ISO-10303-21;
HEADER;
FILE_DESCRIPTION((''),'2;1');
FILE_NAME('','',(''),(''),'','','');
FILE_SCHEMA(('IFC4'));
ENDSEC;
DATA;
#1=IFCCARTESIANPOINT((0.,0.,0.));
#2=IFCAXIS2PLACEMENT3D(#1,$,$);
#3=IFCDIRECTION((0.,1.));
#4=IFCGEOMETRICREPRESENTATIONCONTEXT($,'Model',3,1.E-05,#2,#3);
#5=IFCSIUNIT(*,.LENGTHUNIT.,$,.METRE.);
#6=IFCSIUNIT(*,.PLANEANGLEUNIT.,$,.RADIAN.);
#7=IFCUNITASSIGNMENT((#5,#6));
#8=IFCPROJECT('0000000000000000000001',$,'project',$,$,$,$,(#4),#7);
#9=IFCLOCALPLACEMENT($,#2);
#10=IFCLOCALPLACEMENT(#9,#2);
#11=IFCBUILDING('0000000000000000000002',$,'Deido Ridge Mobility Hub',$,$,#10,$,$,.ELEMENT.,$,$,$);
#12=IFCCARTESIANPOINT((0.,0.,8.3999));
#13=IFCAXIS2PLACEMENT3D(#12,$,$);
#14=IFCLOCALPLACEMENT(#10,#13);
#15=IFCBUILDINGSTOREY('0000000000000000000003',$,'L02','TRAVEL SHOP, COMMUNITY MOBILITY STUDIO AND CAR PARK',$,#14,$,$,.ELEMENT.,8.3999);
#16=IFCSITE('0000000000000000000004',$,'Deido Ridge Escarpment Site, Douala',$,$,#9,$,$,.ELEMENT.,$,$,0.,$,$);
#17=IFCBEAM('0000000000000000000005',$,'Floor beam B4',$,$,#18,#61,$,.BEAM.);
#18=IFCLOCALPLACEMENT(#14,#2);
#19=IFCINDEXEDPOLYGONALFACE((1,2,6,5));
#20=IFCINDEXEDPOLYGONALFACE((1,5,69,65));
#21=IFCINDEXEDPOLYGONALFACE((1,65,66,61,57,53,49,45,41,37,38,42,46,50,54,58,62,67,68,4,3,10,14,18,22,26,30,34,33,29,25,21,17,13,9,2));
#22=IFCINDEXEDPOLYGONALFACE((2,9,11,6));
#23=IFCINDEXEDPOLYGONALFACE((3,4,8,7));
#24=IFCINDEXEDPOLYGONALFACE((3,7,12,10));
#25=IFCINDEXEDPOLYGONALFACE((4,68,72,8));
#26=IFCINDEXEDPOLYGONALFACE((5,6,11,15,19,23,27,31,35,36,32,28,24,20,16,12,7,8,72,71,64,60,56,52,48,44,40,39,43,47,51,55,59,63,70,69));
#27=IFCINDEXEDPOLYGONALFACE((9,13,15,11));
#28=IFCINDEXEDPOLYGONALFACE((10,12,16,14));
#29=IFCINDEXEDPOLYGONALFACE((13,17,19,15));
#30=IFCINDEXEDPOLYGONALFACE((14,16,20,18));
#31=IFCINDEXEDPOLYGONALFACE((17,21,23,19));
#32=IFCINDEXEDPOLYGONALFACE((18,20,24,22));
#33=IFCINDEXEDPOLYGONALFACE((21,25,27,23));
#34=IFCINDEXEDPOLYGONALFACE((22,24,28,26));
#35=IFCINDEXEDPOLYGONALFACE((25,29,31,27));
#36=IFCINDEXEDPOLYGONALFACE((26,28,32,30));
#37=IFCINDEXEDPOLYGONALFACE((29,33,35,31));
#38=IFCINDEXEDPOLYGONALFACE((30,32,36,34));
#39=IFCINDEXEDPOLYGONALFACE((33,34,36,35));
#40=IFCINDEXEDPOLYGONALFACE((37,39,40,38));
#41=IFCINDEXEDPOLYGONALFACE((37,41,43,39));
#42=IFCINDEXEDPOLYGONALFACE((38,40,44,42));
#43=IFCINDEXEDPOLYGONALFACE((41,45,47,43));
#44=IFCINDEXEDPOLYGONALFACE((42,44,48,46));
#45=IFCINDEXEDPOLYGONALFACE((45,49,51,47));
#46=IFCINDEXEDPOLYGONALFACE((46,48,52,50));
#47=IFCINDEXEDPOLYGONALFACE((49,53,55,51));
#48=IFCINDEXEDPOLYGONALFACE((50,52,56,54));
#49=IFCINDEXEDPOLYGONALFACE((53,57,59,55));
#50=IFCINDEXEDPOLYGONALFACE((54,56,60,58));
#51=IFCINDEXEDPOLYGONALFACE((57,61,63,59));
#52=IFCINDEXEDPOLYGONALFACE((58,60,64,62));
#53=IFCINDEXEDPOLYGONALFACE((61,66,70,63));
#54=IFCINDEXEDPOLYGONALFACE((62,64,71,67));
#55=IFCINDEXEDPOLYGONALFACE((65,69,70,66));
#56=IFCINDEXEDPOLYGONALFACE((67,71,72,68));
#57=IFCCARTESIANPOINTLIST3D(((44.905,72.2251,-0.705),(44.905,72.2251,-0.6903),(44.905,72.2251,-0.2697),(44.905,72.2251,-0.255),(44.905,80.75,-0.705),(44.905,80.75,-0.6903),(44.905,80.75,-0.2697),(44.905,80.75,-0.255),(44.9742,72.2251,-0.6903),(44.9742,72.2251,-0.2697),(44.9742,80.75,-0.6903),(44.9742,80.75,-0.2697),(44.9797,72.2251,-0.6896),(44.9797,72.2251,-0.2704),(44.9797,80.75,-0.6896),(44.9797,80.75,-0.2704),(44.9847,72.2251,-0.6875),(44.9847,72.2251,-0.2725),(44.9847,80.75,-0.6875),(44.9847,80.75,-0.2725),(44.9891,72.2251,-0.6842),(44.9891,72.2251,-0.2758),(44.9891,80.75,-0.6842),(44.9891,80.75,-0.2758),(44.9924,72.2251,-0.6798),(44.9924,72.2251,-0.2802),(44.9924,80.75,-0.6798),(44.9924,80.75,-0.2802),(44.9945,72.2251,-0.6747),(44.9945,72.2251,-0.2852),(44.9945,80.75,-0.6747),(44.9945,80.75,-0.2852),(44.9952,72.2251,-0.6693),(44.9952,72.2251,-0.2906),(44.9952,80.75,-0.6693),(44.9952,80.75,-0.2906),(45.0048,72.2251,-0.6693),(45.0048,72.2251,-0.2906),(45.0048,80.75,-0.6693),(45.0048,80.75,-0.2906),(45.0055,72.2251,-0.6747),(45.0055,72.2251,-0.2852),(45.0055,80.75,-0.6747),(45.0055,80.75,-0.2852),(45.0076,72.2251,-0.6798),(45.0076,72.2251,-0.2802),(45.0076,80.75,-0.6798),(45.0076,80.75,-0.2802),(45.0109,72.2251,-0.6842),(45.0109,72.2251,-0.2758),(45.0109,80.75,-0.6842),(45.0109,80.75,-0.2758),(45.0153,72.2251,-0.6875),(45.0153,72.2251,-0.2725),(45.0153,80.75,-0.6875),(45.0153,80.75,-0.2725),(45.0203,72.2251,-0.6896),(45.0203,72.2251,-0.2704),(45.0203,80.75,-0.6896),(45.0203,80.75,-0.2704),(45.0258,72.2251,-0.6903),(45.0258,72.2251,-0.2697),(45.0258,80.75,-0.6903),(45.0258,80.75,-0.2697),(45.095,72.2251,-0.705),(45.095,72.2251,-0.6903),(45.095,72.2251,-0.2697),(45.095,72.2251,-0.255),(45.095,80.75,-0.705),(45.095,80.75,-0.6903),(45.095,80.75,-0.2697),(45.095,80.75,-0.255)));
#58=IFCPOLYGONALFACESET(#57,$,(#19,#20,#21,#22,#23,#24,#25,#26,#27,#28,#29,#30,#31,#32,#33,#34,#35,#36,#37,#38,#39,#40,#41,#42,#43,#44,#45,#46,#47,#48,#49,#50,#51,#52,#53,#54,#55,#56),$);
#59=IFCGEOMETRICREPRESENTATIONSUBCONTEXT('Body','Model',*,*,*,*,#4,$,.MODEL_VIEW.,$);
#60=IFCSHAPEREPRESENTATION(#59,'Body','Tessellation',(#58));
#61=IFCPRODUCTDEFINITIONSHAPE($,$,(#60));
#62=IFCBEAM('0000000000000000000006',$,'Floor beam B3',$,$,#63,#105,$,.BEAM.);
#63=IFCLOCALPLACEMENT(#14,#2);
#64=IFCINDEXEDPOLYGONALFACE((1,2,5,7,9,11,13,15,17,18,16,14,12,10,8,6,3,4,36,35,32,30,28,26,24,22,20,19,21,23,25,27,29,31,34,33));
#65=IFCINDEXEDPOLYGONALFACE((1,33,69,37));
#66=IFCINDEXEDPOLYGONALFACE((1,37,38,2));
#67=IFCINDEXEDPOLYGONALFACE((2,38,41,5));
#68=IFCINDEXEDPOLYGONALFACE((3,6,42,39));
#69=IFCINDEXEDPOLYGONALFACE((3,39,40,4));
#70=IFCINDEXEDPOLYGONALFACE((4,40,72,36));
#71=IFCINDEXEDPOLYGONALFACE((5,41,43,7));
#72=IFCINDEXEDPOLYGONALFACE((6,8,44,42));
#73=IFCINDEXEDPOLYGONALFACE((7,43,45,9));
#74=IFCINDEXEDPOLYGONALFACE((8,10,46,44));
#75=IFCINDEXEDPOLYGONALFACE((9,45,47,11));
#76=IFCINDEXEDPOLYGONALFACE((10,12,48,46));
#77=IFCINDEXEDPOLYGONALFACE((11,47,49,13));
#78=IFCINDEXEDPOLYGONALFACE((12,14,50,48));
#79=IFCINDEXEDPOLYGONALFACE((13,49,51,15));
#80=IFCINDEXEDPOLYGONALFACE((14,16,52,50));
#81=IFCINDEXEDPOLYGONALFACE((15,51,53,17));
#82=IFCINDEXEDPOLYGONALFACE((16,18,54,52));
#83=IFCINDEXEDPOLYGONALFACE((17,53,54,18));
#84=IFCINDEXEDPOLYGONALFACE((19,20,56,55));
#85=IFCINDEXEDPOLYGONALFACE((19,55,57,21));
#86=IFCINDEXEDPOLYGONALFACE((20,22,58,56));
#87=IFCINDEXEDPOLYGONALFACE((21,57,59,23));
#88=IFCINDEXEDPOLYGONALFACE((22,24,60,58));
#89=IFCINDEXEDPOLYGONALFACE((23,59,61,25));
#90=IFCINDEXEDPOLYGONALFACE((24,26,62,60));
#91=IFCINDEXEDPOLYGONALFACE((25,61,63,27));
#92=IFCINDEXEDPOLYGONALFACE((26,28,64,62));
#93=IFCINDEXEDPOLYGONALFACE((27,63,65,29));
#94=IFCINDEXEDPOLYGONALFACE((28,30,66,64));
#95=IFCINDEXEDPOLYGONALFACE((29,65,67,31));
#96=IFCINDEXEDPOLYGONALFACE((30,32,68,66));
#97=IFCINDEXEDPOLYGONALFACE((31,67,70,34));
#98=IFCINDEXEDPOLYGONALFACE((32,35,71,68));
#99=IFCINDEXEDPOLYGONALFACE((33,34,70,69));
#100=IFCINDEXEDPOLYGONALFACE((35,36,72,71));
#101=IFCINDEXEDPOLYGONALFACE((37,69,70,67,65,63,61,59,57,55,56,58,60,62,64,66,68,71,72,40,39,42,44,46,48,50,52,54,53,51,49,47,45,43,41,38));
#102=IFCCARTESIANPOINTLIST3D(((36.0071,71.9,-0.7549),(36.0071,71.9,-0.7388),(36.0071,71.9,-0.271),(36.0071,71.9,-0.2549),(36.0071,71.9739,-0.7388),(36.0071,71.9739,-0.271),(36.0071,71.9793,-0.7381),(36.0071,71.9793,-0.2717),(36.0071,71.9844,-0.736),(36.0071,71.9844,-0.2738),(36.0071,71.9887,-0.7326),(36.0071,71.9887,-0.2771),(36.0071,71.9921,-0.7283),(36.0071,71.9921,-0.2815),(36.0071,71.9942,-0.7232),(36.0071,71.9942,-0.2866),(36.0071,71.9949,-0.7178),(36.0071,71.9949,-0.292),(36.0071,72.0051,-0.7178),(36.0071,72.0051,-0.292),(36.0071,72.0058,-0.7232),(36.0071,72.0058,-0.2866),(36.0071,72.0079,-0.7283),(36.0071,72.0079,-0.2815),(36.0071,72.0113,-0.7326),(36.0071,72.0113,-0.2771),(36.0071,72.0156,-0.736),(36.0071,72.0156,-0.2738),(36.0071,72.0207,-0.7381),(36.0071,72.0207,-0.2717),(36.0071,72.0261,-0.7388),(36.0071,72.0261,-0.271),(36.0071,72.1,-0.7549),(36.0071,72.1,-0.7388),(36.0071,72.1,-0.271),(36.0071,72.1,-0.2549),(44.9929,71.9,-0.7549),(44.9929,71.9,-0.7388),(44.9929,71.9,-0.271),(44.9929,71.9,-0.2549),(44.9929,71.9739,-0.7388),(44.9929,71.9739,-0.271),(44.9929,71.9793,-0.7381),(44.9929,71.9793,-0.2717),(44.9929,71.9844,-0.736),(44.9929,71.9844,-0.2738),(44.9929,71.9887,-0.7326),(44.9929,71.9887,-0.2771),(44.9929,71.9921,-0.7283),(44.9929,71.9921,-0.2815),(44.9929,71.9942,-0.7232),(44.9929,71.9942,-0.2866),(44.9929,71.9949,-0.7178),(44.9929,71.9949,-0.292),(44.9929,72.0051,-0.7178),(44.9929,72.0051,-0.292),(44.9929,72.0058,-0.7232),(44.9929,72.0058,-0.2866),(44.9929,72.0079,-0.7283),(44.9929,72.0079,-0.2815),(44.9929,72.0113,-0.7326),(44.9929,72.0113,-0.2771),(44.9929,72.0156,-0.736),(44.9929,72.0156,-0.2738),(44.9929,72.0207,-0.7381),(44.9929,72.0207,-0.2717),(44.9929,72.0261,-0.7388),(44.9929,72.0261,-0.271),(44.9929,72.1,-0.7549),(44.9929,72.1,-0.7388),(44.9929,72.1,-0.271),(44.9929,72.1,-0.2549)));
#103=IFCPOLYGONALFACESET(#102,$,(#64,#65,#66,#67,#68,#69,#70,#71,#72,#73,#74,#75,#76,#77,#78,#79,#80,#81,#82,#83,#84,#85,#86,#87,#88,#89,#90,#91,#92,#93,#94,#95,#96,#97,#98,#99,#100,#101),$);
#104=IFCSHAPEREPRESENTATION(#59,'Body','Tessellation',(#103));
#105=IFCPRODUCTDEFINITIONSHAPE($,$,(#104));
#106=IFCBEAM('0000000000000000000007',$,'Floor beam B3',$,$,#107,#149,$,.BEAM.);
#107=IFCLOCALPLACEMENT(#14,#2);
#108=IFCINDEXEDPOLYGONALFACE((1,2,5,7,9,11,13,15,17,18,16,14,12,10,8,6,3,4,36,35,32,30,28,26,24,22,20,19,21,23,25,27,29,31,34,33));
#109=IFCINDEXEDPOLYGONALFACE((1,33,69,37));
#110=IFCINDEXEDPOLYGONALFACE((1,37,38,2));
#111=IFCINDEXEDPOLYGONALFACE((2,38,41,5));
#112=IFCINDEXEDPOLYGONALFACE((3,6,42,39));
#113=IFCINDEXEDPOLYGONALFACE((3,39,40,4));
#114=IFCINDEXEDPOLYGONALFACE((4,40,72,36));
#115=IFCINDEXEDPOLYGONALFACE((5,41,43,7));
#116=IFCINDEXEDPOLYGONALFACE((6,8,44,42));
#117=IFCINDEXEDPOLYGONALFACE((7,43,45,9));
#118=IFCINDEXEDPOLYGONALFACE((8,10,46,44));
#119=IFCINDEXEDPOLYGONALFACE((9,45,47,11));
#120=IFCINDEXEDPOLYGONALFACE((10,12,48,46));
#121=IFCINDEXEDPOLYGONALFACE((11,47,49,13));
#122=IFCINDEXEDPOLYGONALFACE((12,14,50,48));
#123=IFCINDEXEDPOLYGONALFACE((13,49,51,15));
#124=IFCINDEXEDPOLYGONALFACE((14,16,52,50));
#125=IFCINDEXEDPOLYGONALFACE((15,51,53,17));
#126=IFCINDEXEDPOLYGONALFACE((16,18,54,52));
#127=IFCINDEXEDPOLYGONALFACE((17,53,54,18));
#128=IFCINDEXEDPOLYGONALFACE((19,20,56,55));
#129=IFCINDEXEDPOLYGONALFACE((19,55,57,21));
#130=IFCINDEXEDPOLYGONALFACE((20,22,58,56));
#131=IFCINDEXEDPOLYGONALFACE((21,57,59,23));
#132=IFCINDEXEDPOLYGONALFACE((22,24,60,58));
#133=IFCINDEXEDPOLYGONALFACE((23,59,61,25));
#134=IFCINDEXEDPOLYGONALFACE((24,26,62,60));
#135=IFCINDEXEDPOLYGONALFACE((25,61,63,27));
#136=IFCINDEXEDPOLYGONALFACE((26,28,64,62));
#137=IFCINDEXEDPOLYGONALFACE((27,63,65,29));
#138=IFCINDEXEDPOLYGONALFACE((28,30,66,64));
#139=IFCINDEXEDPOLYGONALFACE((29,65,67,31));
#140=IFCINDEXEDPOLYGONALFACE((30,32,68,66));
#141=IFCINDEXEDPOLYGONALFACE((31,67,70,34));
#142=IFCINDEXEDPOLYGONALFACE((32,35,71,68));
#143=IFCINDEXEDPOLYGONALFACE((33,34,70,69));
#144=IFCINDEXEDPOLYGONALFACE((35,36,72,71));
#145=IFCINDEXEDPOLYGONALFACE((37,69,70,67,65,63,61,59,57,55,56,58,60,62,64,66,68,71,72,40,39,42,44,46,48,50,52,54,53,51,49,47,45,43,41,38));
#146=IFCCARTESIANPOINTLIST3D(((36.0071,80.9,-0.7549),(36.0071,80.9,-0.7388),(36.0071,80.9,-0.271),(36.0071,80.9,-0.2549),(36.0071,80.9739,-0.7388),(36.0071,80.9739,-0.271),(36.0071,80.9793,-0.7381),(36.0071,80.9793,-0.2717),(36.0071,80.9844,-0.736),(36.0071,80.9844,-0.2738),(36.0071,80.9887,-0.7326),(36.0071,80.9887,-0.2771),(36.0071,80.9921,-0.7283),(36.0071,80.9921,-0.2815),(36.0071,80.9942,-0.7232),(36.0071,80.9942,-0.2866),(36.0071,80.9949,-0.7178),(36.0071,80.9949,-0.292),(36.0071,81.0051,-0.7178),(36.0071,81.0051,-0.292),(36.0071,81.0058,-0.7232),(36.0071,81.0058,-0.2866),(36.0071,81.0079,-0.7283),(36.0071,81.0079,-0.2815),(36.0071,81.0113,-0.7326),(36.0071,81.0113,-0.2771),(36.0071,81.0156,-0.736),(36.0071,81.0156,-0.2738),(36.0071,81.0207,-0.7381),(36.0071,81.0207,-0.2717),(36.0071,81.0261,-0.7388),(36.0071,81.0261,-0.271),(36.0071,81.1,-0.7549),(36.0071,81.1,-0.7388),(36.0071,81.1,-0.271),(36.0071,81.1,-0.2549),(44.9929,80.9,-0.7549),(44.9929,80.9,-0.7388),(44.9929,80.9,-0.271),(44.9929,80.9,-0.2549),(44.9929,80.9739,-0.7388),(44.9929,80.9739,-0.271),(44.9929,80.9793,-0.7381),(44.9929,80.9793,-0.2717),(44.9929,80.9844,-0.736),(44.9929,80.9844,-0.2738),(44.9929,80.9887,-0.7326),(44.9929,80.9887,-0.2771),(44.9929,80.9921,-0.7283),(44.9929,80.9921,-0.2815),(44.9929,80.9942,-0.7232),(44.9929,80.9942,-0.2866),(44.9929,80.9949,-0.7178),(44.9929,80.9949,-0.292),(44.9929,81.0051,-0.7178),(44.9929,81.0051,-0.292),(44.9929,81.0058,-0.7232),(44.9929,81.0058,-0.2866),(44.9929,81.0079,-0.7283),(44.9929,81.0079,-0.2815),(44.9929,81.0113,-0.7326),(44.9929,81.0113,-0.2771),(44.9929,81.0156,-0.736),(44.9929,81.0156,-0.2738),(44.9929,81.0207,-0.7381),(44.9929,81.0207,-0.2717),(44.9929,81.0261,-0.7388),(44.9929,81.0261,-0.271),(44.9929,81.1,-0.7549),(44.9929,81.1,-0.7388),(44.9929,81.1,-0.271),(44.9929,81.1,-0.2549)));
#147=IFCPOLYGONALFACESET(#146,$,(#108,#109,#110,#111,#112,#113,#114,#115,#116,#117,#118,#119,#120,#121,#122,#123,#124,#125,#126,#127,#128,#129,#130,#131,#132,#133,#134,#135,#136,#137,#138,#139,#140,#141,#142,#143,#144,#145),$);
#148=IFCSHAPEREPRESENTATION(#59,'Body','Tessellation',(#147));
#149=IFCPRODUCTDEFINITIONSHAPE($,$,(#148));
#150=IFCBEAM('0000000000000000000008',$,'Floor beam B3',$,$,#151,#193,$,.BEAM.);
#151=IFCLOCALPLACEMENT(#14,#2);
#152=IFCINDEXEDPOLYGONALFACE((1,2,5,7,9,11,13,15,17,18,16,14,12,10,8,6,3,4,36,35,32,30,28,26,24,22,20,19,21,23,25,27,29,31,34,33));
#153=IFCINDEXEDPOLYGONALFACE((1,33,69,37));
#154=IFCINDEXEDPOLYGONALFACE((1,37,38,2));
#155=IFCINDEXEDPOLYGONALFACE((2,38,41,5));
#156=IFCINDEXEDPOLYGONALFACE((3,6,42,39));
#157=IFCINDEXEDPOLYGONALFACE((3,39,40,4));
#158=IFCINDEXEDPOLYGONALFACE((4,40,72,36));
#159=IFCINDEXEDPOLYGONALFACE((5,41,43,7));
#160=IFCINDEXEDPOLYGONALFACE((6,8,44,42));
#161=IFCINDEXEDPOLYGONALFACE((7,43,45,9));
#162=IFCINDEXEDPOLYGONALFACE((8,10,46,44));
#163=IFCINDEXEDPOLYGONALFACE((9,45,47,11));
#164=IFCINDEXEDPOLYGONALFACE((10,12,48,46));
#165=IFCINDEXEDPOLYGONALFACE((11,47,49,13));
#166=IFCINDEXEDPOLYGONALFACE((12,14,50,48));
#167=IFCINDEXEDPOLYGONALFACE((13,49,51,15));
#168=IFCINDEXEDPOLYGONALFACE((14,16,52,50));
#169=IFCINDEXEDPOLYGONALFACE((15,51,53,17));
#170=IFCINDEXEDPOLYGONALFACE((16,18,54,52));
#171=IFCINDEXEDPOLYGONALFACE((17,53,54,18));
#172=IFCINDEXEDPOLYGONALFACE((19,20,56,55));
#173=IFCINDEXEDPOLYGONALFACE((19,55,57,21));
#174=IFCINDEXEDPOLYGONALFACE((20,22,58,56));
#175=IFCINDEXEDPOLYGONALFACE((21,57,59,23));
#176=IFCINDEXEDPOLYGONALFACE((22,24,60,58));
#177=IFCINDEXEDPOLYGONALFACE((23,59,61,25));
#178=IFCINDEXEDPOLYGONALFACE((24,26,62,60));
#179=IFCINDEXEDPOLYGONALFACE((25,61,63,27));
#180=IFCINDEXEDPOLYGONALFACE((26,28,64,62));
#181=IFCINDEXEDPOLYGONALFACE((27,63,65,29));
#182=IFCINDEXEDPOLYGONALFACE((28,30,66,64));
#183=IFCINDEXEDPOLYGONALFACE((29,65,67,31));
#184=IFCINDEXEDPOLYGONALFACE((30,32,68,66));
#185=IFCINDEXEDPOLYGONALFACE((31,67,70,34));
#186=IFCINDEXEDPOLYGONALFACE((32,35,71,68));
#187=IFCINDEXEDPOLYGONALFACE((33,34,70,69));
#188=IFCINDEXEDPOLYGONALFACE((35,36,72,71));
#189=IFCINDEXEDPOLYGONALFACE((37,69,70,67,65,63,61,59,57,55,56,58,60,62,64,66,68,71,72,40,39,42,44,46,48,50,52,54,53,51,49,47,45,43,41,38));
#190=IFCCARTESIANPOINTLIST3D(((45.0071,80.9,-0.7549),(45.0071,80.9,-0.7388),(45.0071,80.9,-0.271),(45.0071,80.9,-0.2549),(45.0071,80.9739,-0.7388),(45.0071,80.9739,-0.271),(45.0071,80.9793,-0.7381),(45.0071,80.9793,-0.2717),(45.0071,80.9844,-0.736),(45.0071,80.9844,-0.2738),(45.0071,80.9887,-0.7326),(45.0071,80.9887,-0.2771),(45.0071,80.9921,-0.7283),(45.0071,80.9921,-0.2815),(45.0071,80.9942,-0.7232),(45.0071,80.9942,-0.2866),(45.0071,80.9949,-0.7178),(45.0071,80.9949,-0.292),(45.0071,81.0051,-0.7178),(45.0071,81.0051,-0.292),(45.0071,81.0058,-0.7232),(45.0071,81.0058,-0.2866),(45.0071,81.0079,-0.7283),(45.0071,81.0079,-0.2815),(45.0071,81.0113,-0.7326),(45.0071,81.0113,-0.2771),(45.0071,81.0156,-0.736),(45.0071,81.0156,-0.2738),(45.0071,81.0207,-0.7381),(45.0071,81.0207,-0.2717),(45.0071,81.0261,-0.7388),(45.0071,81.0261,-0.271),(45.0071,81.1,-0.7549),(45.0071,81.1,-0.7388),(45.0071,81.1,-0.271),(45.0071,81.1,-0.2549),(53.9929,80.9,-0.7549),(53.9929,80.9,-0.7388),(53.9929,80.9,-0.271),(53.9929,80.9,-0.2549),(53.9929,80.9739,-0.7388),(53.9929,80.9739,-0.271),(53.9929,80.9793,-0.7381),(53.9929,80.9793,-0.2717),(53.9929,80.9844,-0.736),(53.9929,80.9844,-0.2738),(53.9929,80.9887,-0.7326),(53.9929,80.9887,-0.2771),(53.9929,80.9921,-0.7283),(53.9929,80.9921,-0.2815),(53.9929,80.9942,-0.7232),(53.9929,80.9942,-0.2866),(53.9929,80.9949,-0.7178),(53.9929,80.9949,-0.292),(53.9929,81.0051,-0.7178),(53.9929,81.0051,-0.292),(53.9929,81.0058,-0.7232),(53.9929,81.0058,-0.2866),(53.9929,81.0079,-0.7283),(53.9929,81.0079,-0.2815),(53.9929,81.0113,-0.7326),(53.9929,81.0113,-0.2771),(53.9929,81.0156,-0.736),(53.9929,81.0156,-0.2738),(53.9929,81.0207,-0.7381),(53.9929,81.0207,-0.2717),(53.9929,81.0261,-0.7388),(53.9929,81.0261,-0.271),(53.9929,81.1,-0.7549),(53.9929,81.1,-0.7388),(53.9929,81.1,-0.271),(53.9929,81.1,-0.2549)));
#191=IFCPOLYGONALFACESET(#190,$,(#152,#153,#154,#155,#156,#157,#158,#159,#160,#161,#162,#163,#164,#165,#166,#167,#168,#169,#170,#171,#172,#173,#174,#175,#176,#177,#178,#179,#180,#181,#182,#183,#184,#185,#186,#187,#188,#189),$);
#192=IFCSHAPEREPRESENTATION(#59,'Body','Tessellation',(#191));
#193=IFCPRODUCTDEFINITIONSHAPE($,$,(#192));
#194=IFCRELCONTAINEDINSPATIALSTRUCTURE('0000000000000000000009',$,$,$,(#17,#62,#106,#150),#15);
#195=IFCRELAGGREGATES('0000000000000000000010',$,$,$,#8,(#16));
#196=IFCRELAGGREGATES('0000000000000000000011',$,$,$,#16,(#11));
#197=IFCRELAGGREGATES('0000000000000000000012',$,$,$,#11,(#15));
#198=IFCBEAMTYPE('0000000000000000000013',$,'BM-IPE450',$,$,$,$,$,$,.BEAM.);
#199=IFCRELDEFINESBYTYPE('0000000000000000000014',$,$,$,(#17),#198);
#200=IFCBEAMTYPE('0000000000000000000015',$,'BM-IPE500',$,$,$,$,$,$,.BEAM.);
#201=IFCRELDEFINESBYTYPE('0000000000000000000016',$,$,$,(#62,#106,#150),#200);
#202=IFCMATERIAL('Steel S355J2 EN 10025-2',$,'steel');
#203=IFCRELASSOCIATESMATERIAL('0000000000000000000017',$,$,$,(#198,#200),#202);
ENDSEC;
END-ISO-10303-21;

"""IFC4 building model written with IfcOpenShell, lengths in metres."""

from ifc_helpers import new_model, si_unit, direction, frame, origin, origin_2d, place, context, subcontext, project, spatial, i_section, extrude, material, material_profile, profile_set, type_object, element, save


model = new_model("IFC4")

# Units and contexts
model_context = context("Model", 3, precision=1e-05, world=origin(), true_north=direction((0.0, 1.0)))
body_context = subcontext(model_context, "Body", "Model", "MODEL_VIEW")
ifc_project = project(units=[si_unit("LENGTHUNIT", "METRE"), si_unit("PLANEANGLEUNIT", "RADIAN")], contexts=[model_context])

# Site, building, storey
site_placement = place(None, origin())
site = spatial("IfcSite", under=ifc_project, at=site_placement, Name="Deido Ridge Escarpment Site, Douala", CompositionType="ELEMENT", RefElevation=0.0)
building_placement = place(site_placement, origin())
building = spatial("IfcBuilding", under=site, at=building_placement, Name="Deido Ridge Mobility Hub", CompositionType="ELEMENT")
storey_placement = place(building_placement, frame((0.0, 0.0, 8.3999)))
storey = spatial("IfcBuildingStorey", under=building, at=storey_placement, Name="L02", Description="TRAVEL SHOP, COMMUNITY MOBILITY STUDIO AND CAR PARK", CompositionType="ELEMENT", Elevation=8.3999)

# Shared definitions
ifc_material_1 = material(Name="Steel S355J2 EN 10025-2", Category="steel")

# Beams
ifc_material_profile_1 = material_profile(ifc_material_1, i_section(OverallWidth=0.1899, OverallDepth=0.45, WebThickness=0.0095, FlangeThickness=0.0146, FilletRadius=0.021, at=origin_2d()), Name="IPE 450")
ifc_profile_set_1 = profile_set([ifc_material_profile_1], Name="Steel S355J2 EN 10025-2")
beam_type_1 = type_object("IfcBeamType", Name="BM-IPE450", PredefinedType="BEAM", material=ifc_profile_set_1)
beam_1_placement = place(storey_placement, frame((45.0, 72.2251, -0.48), z_axis=(0.0, 1.0, 0.0), x_axis=(-1.0, 0.0, 0.0)))
element("IfcBeam", 1, at=beam_1_placement, inside=storey, type_object=beam_type_1, Name="Floor beam B4", PredefinedType="BEAM", context=body_context, shape_type="SweptSolid", body=[
    extrude(i_section(OverallWidth=0.1899, OverallDepth=0.45, WebThickness=0.0095, FlangeThickness=0.0146, FilletRadius=0.021, at=origin_2d()), origin(), (0.0, 0.0, 1.0), 8.5249),
])
ifc_material_profile_2 = material_profile(ifc_material_1, i_section(OverallWidth=0.2, OverallDepth=0.5, WebThickness=0.0103, FlangeThickness=0.0161, FilletRadius=0.021, at=origin_2d()), Name="IPE 500")
ifc_profile_set_2 = profile_set([ifc_material_profile_2], Name="Steel S355J2 EN 10025-2")
beam_type_2 = type_object("IfcBeamType", Name="BM-IPE500", PredefinedType="BEAM", material=ifc_profile_set_2)
for number, where, z_axis, x_axis, name in (
    (2, (36.0071, 72.0, -0.5049), (1.0, 0.0, 0.0), (0.0, 1.0, 0.0), "Floor beam B3"),
    (3, (36.0071, 81.0, -0.5049), (1.0, 0.0, 0.0), (0.0, 1.0, 0.0), "Floor beam B3"),
    (4, (45.0071, 81.0, -0.5049), (1.0, 0.0, 0.0), (0.0, 1.0, 0.0), "Floor beam B3"),
):
    element("IfcBeam", number, at=place(storey_placement, frame(where, z_axis=z_axis, x_axis=x_axis)), inside=storey, type_object=beam_type_2, Name=name, PredefinedType="BEAM", context=body_context, shape_type="SweptSolid", body=[
        extrude(i_section(OverallWidth=0.2, OverallDepth=0.5, WebThickness=0.0103, FlangeThickness=0.0161, FilletRadius=0.021, at=origin_2d()), origin(), (0.0, 0.0, 1.0), 8.9858),
    ])

save(model, "model.ifc")
